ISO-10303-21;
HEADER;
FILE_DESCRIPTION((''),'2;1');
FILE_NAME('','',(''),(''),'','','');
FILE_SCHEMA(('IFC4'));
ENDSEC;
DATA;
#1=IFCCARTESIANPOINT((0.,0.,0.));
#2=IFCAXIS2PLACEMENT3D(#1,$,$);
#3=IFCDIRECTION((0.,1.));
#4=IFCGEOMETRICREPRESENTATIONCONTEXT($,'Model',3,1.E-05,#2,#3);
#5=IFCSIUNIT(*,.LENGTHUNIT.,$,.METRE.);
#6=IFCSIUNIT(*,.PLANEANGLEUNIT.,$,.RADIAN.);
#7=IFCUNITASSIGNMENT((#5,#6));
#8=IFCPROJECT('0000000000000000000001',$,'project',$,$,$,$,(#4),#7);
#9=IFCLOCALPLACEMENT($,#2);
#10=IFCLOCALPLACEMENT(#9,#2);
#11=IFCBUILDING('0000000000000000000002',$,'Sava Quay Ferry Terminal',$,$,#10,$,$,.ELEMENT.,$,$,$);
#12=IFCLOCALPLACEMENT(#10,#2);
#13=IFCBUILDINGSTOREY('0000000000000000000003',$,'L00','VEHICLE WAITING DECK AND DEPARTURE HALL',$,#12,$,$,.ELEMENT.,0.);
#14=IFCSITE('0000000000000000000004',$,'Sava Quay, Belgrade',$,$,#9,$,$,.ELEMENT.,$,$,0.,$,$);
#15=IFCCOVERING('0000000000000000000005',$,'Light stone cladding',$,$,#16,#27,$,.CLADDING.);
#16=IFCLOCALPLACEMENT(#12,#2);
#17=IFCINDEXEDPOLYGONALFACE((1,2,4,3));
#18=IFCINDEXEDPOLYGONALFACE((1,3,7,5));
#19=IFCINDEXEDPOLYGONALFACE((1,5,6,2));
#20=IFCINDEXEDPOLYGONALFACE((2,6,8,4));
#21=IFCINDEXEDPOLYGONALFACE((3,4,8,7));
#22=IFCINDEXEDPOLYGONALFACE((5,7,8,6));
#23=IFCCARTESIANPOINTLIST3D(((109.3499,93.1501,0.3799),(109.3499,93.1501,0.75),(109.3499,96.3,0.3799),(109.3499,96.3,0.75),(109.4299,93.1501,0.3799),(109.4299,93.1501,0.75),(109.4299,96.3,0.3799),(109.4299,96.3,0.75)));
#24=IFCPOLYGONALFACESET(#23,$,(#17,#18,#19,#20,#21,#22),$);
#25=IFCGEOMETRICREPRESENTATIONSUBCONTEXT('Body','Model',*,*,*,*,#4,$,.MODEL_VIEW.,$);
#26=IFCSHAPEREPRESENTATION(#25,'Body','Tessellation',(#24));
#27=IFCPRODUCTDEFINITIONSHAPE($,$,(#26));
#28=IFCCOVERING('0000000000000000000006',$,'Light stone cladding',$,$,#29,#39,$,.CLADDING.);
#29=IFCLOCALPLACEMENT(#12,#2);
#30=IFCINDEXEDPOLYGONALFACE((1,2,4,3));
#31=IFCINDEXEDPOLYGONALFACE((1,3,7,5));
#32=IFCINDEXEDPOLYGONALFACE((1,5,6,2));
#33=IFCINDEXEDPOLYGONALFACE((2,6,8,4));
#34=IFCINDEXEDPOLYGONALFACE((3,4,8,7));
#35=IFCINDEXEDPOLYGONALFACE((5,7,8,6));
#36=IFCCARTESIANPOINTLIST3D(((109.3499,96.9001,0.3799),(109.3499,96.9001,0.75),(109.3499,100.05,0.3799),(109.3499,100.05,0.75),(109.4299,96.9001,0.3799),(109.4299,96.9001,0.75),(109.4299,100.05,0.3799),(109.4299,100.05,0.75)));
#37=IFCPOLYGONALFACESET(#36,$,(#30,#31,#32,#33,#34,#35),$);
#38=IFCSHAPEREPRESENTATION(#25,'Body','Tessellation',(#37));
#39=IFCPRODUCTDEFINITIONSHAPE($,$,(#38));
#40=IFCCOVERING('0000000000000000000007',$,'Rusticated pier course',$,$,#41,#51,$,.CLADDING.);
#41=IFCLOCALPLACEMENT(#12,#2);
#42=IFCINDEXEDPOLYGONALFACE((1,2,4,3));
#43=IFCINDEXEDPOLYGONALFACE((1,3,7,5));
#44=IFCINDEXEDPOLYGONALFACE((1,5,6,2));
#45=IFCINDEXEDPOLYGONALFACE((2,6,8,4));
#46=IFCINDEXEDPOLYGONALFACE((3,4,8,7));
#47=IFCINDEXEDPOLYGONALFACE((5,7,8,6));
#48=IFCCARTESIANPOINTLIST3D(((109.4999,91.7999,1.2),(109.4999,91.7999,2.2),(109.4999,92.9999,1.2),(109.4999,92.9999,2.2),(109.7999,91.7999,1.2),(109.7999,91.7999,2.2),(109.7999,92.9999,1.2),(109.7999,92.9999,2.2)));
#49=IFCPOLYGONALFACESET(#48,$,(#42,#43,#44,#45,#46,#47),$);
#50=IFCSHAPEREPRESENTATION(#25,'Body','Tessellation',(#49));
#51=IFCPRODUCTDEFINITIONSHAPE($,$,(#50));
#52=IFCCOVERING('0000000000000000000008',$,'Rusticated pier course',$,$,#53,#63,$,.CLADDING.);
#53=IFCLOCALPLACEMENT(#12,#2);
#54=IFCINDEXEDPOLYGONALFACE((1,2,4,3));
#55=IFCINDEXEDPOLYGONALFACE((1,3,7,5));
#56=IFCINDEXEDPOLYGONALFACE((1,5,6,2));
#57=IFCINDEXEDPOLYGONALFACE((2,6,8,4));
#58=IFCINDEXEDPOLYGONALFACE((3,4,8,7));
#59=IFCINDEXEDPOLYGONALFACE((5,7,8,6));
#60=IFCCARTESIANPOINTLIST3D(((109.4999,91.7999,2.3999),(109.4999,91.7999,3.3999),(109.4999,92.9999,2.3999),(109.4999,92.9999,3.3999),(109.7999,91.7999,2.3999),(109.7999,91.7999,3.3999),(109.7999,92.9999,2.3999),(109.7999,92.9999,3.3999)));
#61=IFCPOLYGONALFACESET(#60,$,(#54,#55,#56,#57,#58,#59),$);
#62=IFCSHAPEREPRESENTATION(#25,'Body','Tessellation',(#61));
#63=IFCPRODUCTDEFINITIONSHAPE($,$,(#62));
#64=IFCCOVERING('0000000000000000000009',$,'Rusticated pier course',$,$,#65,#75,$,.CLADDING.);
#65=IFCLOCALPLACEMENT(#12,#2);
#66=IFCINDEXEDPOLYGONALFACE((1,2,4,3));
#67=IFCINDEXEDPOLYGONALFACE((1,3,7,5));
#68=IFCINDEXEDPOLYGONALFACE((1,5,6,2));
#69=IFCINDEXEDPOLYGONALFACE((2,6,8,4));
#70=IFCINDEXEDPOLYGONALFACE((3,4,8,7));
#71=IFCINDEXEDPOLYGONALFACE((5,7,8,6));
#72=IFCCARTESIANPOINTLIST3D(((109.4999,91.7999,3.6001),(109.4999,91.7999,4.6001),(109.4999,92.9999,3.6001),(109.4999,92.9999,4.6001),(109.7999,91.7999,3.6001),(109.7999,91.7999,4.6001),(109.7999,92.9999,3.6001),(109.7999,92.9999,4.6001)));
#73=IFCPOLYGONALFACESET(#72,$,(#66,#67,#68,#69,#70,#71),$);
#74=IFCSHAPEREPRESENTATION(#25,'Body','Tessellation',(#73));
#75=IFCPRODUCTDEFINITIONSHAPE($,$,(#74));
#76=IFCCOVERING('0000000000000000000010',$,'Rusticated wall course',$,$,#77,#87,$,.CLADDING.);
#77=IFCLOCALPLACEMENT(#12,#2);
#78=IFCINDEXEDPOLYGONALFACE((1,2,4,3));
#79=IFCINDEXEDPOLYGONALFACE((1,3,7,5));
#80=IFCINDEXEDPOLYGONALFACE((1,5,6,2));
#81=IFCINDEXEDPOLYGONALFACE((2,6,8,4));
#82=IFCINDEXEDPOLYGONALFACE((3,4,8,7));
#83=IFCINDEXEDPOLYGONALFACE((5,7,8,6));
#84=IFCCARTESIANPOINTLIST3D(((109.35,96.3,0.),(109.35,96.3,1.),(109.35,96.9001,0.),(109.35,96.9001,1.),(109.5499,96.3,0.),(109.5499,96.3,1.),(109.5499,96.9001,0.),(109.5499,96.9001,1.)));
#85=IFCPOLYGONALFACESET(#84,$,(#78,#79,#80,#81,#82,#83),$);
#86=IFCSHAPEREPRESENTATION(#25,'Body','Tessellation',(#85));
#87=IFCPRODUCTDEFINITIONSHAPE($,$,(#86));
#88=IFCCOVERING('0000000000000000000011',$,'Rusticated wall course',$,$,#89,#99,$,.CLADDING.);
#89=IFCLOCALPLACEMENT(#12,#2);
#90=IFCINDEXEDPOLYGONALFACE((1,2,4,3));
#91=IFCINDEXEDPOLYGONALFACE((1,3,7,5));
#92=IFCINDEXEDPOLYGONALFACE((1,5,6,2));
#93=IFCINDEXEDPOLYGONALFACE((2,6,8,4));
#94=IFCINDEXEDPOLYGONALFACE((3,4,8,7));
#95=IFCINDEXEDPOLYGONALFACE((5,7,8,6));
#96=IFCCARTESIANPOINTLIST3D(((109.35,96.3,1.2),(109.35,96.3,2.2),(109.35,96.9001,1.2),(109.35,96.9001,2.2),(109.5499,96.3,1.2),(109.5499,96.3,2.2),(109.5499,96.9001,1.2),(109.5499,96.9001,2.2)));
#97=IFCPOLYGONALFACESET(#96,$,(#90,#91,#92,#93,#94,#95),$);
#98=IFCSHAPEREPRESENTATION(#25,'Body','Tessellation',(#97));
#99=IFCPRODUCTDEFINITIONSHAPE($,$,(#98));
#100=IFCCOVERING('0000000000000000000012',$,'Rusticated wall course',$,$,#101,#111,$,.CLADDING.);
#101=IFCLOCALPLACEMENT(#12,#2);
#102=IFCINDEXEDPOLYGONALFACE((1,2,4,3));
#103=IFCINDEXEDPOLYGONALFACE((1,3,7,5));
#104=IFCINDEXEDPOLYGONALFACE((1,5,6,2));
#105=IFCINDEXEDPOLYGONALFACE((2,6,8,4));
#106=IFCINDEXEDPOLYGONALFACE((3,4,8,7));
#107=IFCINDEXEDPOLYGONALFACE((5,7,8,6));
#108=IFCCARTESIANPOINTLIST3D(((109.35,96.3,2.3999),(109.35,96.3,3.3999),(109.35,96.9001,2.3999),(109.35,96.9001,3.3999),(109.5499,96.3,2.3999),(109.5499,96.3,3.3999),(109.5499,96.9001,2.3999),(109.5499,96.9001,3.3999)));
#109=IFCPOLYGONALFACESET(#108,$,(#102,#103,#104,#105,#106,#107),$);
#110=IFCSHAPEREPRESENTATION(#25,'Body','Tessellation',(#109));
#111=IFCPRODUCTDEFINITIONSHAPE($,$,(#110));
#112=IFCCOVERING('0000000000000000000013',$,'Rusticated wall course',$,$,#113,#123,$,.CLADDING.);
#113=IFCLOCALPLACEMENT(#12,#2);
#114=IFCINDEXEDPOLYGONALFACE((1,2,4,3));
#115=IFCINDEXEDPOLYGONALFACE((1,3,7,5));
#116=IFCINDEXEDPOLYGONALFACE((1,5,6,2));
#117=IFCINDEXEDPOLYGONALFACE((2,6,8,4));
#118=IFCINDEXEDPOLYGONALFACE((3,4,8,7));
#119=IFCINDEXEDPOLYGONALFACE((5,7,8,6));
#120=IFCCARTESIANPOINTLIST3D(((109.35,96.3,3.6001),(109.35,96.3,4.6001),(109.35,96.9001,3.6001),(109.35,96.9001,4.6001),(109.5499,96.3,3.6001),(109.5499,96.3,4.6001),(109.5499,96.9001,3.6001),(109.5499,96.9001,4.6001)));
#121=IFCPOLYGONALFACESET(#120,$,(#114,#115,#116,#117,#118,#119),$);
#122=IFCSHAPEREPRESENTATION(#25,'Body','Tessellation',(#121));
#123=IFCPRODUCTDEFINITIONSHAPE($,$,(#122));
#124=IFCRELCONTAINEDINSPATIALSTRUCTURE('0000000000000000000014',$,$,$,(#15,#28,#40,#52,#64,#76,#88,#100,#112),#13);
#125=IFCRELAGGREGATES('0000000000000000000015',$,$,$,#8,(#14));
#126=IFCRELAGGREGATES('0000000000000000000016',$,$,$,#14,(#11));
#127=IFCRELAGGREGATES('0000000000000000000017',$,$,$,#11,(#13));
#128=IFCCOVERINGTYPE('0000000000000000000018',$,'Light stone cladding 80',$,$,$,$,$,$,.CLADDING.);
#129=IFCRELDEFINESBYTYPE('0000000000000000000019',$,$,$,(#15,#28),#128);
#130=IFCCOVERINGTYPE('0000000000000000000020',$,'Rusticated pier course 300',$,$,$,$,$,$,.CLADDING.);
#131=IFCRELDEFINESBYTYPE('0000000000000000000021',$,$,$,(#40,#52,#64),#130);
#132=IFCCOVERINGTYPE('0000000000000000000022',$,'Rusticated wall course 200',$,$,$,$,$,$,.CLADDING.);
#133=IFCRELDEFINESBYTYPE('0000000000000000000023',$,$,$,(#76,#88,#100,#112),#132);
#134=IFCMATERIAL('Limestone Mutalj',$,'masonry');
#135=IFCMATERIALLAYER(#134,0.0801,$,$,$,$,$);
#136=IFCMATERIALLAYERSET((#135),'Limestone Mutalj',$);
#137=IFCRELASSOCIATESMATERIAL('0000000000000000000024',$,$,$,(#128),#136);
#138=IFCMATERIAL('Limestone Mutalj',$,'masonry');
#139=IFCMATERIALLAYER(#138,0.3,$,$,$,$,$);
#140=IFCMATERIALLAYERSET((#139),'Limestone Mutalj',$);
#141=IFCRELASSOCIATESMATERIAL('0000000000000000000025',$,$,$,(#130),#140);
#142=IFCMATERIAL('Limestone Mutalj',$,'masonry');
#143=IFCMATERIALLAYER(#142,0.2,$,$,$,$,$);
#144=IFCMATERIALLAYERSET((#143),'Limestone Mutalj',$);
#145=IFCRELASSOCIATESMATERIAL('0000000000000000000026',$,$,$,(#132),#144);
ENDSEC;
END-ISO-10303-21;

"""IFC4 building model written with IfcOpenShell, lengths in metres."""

from ifc_helpers import new_model, si_unit, direction, frame, origin, origin_2d, place, context, subcontext, project, spatial, rectangle, extrude, material, layer, layer_set, type_object, element, save


model = new_model("IFC4")

# Units and contexts
model_context = context("Model", 3, precision=1e-05, world=origin(), true_north=direction((0.0, 1.0)))
body_context = subcontext(model_context, "Body", "Model", "MODEL_VIEW")
ifc_project = project(units=[si_unit("LENGTHUNIT", "METRE"), si_unit("PLANEANGLEUNIT", "RADIAN")], contexts=[model_context])

# Site, building, storey
site_placement = place(None, origin())
site = spatial("IfcSite", under=ifc_project, at=site_placement, Name="Sava Quay, Belgrade", CompositionType="ELEMENT", RefElevation=0.0)
building_placement = place(site_placement, origin())
building = spatial("IfcBuilding", under=site, at=building_placement, Name="Sava Quay Ferry Terminal", CompositionType="ELEMENT")
storey_placement = place(building_placement, origin())
storey = spatial("IfcBuildingStorey", under=building, at=storey_placement, Name="L00", Description="VEHICLE WAITING DECK AND DEPARTURE HALL", CompositionType="ELEMENT", Elevation=0.0)

# Coverings
ifc_material_1 = material(Name="Limestone Mutalj", Category="masonry")
ifc_layer_1 = layer(ifc_material_1, 0.0801)
ifc_layer_set_1 = layer_set([ifc_layer_1], Name="Limestone Mutalj")
covering_type_1 = type_object("IfcCoveringType", Name="Light stone cladding 80", PredefinedType="CLADDING", material=ifc_layer_set_1)
for number, where, z_axis, x_axis, name in (
    (1, (109.3899, 94.7251, 0.3799), (0.0, 0.0, 1.0), (1.0, 0.0, 0.0), "Light stone cladding"),
    (2, (109.3899, 98.4751, 0.3799), (0.0, 0.0, 1.0), (1.0, 0.0, 0.0), "Light stone cladding"),
):
    element("IfcCovering", number, at=place(storey_placement, frame(where, z_axis=z_axis, x_axis=x_axis)), inside=storey, type_object=covering_type_1, Name=name, PredefinedType="CLADDING", context=body_context, shape_type="SweptSolid", body=[
        extrude(rectangle(XDim=0.0801, YDim=3.1499, at=origin_2d()), origin(), (0.0, 0.0, 1.0), 0.3701),
    ])
ifc_material_2 = material(Name="Limestone Mutalj", Category="masonry")
ifc_layer_2 = layer(ifc_material_2, 0.3)
ifc_layer_set_2 = layer_set([ifc_layer_2], Name="Limestone Mutalj")
covering_type_2 = type_object("IfcCoveringType", Name="Rusticated pier course 300", PredefinedType="CLADDING", material=ifc_layer_set_2)
for number, where, z_axis, x_axis, name in (
    (3, (109.6499, 92.3999, 1.2), (0.0, 0.0, 1.0), (1.0, 0.0, 0.0), "Rusticated pier course"),
    (4, (109.6499, 92.3999, 2.3999), (0.0, 0.0, 1.0), (1.0, 0.0, 0.0), "Rusticated pier course"),
    (5, (109.6499, 92.3999, 3.6001), (0.0, 0.0, 1.0), (1.0, 0.0, 0.0), "Rusticated pier course"),
):
    element("IfcCovering", number, at=place(storey_placement, frame(where, z_axis=z_axis, x_axis=x_axis)), inside=storey, type_object=covering_type_2, Name=name, PredefinedType="CLADDING", context=body_context, shape_type="SweptSolid", body=[
        extrude(rectangle(XDim=0.3, YDim=1.2, at=origin_2d()), origin(), (0.0, 0.0, 1.0), 1.0),
    ])
ifc_material_3 = material(Name="Limestone Mutalj", Category="masonry")
ifc_layer_3 = layer(ifc_material_3, 0.2)
ifc_layer_set_3 = layer_set([ifc_layer_3], Name="Limestone Mutalj")
covering_type_3 = type_object("IfcCoveringType", Name="Rusticated wall course 200", PredefinedType="CLADDING", material=ifc_layer_set_3)
for number, where, z_axis, x_axis, name in (
    (6, (109.45, 96.6001, 0.0), (0.0, 0.0, 1.0), (1.0, 0.0, 0.0), "Rusticated wall course"),
    (7, (109.45, 96.6001, 1.2), (0.0, 0.0, 1.0), (1.0, 0.0, 0.0), "Rusticated wall course"),
    (8, (109.45, 96.6001, 2.3999), (0.0, 0.0, 1.0), (1.0, 0.0, 0.0), "Rusticated wall course"),
    (9, (109.45, 96.6001, 3.6001), (0.0, 0.0, 1.0), (1.0, 0.0, 0.0), "Rusticated wall course"),
):
    element("IfcCovering", number, at=place(storey_placement, frame(where, z_axis=z_axis, x_axis=x_axis)), inside=storey, type_object=covering_type_3, Name=name, PredefinedType="CLADDING", context=body_context, shape_type="SweptSolid", body=[
        extrude(rectangle(XDim=0.2, YDim=0.6001, at=origin_2d()), origin(), (0.0, 0.0, 1.0), 1.0),
    ])

save(model, "model.ifc")
